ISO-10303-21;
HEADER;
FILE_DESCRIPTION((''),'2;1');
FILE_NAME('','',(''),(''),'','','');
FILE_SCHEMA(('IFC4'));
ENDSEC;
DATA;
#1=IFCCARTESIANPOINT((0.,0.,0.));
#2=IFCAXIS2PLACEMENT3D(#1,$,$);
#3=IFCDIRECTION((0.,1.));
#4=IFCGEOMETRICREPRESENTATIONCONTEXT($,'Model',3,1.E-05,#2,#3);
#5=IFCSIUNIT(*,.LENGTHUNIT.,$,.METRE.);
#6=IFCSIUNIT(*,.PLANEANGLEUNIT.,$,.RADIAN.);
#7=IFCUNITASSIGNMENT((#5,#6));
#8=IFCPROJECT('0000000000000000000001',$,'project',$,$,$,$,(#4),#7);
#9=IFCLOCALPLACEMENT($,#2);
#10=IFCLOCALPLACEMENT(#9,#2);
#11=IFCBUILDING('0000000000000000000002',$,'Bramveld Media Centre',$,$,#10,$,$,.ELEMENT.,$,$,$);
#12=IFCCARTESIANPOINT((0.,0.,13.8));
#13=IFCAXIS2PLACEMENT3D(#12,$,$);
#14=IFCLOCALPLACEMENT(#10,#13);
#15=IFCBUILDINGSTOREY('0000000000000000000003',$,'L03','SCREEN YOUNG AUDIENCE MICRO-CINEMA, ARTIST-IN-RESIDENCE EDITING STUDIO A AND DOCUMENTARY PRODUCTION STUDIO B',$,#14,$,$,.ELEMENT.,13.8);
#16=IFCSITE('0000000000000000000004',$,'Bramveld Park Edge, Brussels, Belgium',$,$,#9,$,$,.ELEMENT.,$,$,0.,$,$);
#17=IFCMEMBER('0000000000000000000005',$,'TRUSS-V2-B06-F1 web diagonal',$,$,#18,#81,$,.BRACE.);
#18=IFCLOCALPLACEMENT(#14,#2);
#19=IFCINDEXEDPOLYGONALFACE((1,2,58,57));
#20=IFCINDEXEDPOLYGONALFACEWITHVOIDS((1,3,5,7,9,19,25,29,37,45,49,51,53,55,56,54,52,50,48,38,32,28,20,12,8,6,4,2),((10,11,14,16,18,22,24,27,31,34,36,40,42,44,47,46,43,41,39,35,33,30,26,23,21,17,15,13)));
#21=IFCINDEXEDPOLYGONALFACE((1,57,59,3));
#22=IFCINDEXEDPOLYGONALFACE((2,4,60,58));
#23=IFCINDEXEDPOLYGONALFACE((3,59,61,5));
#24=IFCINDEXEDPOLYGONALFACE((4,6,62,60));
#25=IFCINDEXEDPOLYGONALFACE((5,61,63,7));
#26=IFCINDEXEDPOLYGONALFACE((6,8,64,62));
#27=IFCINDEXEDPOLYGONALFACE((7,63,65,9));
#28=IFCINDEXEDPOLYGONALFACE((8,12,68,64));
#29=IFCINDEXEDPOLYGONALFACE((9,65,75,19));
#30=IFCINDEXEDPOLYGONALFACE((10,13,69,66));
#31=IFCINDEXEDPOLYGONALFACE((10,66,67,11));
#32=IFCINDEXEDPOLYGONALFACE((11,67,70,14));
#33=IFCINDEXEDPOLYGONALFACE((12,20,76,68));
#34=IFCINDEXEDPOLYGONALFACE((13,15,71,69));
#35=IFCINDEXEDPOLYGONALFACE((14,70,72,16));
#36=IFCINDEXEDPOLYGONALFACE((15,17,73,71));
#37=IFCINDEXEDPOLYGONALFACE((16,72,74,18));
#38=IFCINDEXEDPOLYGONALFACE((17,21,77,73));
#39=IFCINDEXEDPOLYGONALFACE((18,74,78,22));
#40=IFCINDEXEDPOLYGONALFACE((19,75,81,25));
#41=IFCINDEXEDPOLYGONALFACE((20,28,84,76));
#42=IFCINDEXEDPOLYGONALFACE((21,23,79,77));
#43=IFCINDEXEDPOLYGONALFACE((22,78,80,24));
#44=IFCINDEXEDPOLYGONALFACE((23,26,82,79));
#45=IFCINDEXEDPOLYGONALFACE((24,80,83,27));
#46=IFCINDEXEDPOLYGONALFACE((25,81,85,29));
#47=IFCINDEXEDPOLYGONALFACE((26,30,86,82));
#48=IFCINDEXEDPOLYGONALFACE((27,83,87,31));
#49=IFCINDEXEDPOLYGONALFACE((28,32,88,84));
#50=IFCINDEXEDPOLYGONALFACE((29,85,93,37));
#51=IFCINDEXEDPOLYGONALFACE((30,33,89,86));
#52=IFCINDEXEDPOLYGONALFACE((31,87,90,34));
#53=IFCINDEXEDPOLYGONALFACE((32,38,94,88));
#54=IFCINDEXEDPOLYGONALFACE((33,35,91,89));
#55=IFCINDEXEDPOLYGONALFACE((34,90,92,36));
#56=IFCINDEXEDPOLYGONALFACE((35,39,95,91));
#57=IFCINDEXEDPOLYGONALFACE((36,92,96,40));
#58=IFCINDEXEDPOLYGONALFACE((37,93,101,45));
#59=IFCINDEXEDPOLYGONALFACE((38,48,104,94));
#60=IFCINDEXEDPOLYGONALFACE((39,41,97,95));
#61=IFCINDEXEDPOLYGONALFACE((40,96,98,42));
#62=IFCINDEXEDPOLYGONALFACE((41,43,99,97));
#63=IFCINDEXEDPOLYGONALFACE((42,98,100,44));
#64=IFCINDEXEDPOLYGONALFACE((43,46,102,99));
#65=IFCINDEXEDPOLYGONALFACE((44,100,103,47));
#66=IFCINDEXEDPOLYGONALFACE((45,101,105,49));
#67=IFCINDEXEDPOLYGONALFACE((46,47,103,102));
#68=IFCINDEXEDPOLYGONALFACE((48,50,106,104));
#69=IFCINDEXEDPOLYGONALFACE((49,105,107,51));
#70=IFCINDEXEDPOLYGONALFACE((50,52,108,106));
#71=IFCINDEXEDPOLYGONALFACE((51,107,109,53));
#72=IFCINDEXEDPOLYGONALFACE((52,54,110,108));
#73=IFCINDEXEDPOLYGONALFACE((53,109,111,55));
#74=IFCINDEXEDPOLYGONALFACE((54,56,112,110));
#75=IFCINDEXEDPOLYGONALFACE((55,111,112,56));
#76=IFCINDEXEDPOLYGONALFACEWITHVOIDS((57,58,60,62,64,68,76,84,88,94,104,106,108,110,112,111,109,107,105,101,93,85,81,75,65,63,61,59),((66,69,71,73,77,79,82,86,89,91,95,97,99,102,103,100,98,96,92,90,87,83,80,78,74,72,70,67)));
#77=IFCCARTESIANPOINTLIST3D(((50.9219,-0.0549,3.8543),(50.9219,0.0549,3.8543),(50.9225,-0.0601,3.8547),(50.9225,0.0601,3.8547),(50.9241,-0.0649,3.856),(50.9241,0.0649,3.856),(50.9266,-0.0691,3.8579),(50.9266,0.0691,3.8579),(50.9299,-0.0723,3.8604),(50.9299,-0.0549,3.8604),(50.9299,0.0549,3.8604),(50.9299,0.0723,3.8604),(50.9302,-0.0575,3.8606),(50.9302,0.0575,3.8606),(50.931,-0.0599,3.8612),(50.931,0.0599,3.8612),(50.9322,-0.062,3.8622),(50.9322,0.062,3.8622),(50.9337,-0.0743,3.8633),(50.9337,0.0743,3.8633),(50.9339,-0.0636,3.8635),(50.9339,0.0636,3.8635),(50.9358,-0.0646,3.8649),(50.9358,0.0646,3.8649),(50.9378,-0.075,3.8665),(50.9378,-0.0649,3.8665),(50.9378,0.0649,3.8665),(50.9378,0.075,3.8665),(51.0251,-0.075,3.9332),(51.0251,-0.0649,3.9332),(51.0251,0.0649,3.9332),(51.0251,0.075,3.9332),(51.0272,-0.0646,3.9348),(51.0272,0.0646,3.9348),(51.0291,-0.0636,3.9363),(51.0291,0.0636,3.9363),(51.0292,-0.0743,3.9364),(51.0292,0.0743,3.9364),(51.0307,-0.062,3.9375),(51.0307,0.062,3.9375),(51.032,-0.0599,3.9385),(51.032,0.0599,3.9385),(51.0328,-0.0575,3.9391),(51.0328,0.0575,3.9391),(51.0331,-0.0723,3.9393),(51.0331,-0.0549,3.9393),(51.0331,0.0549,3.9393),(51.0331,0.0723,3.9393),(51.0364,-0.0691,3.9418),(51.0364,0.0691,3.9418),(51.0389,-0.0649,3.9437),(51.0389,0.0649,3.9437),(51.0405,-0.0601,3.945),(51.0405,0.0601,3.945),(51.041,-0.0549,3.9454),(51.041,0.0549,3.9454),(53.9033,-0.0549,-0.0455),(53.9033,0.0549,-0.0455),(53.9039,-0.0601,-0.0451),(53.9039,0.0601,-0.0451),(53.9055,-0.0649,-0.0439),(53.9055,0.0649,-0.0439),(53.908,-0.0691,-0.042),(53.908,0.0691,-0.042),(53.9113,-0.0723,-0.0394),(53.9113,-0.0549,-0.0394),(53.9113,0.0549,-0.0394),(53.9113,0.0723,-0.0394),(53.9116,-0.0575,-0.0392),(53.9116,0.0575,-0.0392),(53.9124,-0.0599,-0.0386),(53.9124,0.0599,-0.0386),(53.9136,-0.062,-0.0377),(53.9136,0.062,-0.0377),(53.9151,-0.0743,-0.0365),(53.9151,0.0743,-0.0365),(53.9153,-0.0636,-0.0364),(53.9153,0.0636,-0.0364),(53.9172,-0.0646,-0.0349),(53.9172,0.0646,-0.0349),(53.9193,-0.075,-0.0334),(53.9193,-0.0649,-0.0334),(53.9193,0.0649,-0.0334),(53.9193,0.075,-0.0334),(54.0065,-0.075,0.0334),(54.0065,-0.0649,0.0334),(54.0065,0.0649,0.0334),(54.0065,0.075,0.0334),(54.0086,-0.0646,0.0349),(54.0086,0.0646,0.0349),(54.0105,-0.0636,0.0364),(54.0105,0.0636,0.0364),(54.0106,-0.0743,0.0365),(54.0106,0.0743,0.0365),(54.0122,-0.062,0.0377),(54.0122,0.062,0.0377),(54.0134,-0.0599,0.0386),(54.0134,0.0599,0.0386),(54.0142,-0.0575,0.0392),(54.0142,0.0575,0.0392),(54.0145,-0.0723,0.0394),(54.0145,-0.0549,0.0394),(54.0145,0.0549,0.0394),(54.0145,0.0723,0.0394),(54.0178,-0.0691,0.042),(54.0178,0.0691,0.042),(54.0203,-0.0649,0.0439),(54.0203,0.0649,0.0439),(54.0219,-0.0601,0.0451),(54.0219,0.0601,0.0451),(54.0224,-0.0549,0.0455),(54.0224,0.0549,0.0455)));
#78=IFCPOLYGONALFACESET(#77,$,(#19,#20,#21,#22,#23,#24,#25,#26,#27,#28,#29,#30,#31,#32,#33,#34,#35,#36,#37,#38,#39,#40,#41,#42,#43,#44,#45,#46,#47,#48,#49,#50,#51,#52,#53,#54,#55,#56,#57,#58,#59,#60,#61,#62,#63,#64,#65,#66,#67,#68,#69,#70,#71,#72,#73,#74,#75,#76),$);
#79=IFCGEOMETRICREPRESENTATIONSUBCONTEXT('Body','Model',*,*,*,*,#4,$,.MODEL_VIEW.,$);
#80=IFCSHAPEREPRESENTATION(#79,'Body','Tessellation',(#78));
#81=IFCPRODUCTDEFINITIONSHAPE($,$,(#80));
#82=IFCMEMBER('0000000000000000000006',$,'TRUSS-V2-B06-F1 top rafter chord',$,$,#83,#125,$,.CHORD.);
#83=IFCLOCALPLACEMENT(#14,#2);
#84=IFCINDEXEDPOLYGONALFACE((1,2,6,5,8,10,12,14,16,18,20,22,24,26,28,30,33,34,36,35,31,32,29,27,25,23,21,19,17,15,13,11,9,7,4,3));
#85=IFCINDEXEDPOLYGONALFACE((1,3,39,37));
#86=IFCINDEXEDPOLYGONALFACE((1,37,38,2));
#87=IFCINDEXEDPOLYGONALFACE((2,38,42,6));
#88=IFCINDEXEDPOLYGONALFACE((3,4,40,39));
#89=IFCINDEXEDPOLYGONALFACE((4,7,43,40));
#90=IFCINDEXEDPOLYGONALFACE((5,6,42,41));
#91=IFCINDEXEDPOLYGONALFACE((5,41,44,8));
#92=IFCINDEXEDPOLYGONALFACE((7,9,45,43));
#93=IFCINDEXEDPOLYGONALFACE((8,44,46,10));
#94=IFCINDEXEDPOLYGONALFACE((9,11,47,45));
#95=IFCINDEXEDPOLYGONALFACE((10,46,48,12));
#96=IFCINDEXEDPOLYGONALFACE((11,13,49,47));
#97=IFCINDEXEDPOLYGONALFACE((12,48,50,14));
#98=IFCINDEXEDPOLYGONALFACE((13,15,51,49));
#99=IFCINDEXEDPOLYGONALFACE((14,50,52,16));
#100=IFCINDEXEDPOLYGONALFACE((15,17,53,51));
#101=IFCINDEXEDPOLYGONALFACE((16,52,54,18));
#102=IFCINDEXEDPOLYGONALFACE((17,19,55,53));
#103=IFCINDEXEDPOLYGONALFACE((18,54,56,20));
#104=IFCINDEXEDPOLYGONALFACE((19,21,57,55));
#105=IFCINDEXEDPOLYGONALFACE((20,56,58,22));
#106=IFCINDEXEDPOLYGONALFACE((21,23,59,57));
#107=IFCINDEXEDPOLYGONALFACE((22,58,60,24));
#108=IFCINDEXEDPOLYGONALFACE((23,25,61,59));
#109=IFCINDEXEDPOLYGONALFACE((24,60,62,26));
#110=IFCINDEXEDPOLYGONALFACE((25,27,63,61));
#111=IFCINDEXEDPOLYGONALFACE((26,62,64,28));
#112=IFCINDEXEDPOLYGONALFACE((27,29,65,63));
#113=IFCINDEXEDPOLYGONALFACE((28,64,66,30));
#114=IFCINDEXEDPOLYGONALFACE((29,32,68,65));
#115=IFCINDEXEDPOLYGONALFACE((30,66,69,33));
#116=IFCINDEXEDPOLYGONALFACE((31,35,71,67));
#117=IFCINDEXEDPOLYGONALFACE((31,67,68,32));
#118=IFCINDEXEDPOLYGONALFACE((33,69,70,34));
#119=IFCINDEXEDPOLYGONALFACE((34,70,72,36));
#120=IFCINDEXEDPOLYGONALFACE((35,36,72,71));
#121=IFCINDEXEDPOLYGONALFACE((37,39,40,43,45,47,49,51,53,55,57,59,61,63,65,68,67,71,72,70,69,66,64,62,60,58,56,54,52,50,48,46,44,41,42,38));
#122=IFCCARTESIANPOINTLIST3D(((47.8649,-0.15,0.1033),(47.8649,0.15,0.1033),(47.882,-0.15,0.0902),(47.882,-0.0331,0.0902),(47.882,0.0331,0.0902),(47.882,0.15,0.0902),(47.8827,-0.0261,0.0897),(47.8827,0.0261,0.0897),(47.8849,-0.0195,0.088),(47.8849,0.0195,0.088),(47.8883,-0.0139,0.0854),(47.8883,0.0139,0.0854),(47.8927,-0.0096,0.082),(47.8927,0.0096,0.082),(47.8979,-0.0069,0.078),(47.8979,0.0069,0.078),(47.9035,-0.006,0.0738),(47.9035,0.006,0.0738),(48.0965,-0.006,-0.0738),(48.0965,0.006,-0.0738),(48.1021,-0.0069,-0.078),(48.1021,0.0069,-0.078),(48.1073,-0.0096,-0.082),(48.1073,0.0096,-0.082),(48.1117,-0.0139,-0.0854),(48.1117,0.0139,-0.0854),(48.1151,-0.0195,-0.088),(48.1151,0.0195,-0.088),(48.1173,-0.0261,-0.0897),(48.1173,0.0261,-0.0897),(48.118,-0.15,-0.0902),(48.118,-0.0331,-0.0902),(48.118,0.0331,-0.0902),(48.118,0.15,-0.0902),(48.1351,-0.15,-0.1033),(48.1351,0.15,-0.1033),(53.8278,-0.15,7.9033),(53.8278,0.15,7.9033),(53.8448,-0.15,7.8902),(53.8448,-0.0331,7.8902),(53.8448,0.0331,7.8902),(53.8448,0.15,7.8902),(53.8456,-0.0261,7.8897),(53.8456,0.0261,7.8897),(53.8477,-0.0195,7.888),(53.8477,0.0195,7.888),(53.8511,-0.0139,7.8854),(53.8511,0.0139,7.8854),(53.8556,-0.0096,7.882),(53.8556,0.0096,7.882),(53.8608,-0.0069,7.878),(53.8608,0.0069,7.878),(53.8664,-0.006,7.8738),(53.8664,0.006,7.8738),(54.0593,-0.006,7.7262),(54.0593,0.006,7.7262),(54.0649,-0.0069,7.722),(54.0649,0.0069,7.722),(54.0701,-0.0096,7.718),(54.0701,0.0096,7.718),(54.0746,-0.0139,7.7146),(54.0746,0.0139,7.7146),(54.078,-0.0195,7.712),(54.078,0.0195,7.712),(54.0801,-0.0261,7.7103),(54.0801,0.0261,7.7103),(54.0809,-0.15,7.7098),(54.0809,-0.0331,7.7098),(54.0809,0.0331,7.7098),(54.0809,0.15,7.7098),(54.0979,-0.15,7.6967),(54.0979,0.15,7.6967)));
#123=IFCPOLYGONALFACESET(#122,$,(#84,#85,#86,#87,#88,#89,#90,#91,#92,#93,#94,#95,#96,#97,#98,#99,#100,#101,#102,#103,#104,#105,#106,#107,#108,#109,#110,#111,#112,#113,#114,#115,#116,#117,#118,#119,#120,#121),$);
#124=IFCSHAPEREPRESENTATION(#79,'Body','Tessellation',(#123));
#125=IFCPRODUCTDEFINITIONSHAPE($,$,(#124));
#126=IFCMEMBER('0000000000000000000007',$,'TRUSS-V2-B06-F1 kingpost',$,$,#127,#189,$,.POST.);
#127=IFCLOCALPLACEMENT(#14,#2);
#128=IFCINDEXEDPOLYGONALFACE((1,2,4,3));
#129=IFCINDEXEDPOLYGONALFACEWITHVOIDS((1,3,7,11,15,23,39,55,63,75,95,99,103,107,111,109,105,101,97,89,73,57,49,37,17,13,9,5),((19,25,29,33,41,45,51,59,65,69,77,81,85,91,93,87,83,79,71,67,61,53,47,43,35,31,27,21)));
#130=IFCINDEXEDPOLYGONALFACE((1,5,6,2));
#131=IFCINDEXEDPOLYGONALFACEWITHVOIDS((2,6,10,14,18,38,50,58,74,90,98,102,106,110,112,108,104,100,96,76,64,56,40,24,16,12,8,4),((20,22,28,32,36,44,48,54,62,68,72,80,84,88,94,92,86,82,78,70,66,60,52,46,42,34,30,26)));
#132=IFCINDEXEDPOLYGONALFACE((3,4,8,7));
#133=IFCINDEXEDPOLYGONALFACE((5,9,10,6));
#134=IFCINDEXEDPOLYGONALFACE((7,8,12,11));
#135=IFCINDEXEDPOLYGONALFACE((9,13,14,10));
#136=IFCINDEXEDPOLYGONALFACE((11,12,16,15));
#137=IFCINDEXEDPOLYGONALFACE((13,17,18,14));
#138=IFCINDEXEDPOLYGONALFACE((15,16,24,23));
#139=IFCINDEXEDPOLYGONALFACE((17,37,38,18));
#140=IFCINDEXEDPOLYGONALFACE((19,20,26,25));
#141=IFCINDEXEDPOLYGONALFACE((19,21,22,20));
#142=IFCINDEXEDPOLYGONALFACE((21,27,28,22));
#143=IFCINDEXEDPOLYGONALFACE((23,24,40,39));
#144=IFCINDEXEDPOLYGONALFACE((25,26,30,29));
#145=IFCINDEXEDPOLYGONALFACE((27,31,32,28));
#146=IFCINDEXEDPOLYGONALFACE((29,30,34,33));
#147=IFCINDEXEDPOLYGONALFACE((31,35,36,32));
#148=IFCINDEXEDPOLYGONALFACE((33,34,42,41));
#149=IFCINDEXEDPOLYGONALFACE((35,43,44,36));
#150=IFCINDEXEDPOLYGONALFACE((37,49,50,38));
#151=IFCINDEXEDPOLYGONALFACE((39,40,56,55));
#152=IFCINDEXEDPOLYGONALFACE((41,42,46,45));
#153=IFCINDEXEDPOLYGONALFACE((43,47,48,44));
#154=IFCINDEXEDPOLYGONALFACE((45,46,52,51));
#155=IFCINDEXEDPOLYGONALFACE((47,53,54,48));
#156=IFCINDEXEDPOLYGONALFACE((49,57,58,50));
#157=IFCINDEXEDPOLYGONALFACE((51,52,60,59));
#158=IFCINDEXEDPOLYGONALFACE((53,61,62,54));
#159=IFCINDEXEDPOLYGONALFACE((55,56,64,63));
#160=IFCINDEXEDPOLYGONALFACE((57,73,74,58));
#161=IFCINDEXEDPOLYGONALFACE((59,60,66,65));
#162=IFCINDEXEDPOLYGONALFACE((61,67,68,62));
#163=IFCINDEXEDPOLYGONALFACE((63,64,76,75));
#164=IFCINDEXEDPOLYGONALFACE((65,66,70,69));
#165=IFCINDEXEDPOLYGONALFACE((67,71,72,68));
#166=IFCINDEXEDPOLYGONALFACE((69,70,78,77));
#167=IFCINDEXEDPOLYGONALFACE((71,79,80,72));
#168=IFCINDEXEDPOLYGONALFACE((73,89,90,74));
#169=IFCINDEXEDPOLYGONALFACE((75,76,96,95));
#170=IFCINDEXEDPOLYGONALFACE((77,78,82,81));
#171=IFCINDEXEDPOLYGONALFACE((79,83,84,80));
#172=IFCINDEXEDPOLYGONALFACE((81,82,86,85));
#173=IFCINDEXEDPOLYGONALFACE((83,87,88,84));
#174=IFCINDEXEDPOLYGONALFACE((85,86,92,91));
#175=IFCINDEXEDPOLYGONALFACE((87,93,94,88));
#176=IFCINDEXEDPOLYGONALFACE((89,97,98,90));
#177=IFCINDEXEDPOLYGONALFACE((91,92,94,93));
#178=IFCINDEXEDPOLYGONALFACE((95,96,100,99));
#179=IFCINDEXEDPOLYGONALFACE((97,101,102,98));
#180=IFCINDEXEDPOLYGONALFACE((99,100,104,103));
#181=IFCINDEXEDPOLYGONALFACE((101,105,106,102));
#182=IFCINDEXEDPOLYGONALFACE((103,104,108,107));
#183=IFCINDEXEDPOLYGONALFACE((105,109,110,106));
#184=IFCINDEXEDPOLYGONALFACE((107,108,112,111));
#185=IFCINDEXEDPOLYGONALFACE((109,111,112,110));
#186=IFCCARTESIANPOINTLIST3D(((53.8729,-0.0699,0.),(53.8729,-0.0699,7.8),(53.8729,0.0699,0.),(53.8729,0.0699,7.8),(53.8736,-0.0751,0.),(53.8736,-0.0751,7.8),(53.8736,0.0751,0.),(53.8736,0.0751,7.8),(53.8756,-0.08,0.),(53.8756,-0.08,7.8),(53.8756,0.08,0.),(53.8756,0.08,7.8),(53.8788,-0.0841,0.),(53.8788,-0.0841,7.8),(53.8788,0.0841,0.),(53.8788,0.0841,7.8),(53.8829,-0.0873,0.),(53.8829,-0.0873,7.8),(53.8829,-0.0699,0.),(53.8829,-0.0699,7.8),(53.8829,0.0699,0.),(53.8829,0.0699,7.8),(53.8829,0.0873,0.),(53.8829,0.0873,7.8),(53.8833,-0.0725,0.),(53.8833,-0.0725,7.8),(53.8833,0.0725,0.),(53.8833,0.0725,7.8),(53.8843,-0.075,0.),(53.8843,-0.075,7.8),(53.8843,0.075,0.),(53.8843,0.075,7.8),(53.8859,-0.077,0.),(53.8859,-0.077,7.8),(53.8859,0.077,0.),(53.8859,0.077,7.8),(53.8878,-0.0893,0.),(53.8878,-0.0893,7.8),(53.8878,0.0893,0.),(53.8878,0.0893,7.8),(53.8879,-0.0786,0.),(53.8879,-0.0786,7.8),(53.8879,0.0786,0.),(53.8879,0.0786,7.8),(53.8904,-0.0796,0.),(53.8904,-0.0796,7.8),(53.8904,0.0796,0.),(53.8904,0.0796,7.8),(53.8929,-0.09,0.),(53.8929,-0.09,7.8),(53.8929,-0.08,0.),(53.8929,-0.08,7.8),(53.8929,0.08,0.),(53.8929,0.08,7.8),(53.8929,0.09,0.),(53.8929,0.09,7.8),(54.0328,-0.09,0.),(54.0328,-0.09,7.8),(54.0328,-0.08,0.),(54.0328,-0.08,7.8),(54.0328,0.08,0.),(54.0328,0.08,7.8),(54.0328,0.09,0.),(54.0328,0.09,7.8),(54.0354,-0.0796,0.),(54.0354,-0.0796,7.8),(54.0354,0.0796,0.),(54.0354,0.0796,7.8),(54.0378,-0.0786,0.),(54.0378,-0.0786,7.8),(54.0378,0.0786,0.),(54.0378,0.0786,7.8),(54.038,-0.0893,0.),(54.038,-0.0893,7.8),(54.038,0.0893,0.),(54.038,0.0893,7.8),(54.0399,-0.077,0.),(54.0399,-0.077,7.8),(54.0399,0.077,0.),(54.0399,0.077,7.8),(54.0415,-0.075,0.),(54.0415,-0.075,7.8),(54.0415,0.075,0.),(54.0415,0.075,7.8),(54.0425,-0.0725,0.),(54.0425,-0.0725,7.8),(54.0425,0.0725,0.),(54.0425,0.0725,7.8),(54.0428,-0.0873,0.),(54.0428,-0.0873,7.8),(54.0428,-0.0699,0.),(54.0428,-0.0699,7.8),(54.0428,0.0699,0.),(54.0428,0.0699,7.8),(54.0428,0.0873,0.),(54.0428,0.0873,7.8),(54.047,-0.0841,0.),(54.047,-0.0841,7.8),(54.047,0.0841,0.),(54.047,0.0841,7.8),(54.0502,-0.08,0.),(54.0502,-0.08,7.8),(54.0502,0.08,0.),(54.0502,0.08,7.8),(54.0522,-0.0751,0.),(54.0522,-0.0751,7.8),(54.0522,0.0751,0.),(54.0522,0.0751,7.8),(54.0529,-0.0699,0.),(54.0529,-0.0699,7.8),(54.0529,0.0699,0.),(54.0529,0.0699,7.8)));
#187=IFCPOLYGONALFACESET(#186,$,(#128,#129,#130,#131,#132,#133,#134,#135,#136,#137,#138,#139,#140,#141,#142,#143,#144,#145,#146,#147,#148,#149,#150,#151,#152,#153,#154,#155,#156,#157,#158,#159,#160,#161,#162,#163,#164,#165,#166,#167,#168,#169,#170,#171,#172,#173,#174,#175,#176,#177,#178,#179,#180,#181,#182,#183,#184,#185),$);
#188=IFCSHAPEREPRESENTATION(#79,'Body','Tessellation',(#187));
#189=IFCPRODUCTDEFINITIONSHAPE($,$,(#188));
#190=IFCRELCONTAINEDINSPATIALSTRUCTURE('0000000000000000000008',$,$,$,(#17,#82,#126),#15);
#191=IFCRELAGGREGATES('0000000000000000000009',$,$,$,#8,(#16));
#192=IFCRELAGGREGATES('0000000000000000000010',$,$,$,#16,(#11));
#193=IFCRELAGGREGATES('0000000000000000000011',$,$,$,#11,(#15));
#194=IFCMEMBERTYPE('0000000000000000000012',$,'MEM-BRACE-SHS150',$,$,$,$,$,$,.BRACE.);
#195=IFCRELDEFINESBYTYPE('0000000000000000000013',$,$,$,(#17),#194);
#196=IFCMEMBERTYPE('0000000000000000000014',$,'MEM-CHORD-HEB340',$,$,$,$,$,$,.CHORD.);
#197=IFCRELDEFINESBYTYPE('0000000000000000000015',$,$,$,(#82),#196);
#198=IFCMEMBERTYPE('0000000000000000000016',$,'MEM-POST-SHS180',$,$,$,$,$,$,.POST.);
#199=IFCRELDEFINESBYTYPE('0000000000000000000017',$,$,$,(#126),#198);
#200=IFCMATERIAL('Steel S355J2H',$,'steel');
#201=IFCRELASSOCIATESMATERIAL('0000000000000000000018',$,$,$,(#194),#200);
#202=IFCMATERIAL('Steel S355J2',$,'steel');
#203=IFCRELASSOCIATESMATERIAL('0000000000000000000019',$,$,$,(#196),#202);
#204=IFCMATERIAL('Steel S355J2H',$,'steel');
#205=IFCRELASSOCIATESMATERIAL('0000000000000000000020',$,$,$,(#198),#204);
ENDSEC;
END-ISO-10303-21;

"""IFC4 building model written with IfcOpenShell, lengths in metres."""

from ifc_helpers import new_model, si_unit, direction, frame, origin, origin_2d, place, context, subcontext, project, spatial, hollow_rectangle, i_section, extrude, material, material_profile, profile_set, type_object, element, save


model = new_model("IFC4")

# Units and contexts
model_context = context("Model", 3, precision=1e-05, world=origin(), true_north=direction((0.0, 1.0)))
body_context = subcontext(model_context, "Body", "Model", "MODEL_VIEW")
ifc_project = project(units=[si_unit("LENGTHUNIT", "METRE"), si_unit("PLANEANGLEUNIT", "RADIAN")], contexts=[model_context])

# Site, building, storey
site_placement = place(None, origin())
site = spatial("IfcSite", under=ifc_project, at=site_placement, Name="Bramveld Park Edge, Brussels, Belgium", CompositionType="ELEMENT", RefElevation=0.0)
building_placement = place(site_placement, origin())
building = spatial("IfcBuilding", under=site, at=building_placement, Name="Bramveld Media Centre", CompositionType="ELEMENT")
storey_placement = place(building_placement, frame((0.0, 0.0, 13.8)))
storey = spatial("IfcBuildingStorey", under=building, at=storey_placement, Name="L03", Description="SCREEN YOUNG AUDIENCE MICRO-CINEMA, ARTIST-IN-RESIDENCE EDITING STUDIO A AND DOCUMENTARY PRODUCTION STUDIO B", CompositionType="ELEMENT", Elevation=13.8)

# Members
ifc_material_1 = material(Name="Steel S355J2H", Category="steel")
ifc_material_profile_1 = material_profile(ifc_material_1, hollow_rectangle(XDim=0.1499, YDim=0.1499, WallThickness=0.01, InnerFilletRadius=0.01, OuterFilletRadius=0.02, at=origin_2d()), Name="SHS 150x150x10")
ifc_profile_set_1 = profile_set([ifc_material_profile_1], Name="Steel S355J2H")
member_type_1 = type_object("IfcMemberType", Name="MEM-BRACE-SHS150", PredefinedType="BRACE", material=ifc_profile_set_1)
member_1_placement = place(storey_placement, frame((53.9629, 0.0, 0.0), z_axis=(-0.607343, 0.0, 0.79444), x_axis=(0.0, -1.0, 0.0)))
element("IfcMember", 1, at=member_1_placement, inside=storey, type_object=member_type_1, Name="TRUSS-V2-B06-F1 web diagonal", PredefinedType="BRACE", context=body_context, shape_type="SweptSolid", body=[
    extrude(hollow_rectangle(XDim=0.1499, YDim=0.1499, WallThickness=0.01, InnerFilletRadius=0.01, OuterFilletRadius=0.02, at=origin_2d()), origin(), (0.0, 0.0, 1.0), 4.9089),
])
ifc_material_2 = material(Name="Steel S355J2", Category="steel")
ifc_material_profile_2 = material_profile(ifc_material_2, i_section(OverallWidth=0.3, OverallDepth=0.3401, WebThickness=0.012, FlangeThickness=0.0215, FilletRadius=0.0271, at=origin_2d()), Name="HEB 340")
ifc_profile_set_2 = profile_set([ifc_material_profile_2], Name="Steel S355J2")
member_type_2 = type_object("IfcMemberType", Name="MEM-CHORD-HEB340", PredefinedType="CHORD", material=ifc_profile_set_2)
member_2_placement = place(storey_placement, frame((48.0, 0.0, 0.0), z_axis=(0.607331, 0.0, 0.794449), x_axis=(0.0, 1.0, 0.0)))
element("IfcMember", 2, at=member_2_placement, inside=storey, type_object=member_type_2, Name="TRUSS-V2-B06-F1 top rafter chord", PredefinedType="CHORD", context=body_context, shape_type="SweptSolid", body=[
    extrude(i_section(OverallWidth=0.3, OverallDepth=0.3401, WebThickness=0.012, FlangeThickness=0.0215, FilletRadius=0.0271, at=origin_2d()), origin(), (0.0, 0.0, 1.0), 9.8181),
])
ifc_material_3 = material(Name="Steel S355J2H", Category="steel")
ifc_material_profile_3 = material_profile(ifc_material_3, hollow_rectangle(XDim=0.1799, YDim=0.1799, WallThickness=0.01, InnerFilletRadius=0.01, OuterFilletRadius=0.02, at=origin_2d()), Name="SHS 180x180x10")
ifc_profile_set_3 = profile_set([ifc_material_profile_3], Name="Steel S355J2H")
member_type_3 = type_object("IfcMemberType", Name="MEM-POST-SHS180", PredefinedType="POST", material=ifc_profile_set_3)
member_3_placement = place(storey_placement, frame((53.9629, 0.0, 0.0), z_axis=(0.0, 0.0, 1.0), x_axis=(1.0, 0.0, 0.0)))
element("IfcMember", 3, at=member_3_placement, inside=storey, type_object=member_type_3, Name="TRUSS-V2-B06-F1 kingpost", PredefinedType="POST", context=body_context, shape_type="SweptSolid", body=[
    extrude(hollow_rectangle(XDim=0.1799, YDim=0.1799, WallThickness=0.01, InnerFilletRadius=0.01, OuterFilletRadius=0.02, at=origin_2d()), origin(), (0.0, 0.0, 1.0), 7.8),
])

save(model, "model.ifc")
